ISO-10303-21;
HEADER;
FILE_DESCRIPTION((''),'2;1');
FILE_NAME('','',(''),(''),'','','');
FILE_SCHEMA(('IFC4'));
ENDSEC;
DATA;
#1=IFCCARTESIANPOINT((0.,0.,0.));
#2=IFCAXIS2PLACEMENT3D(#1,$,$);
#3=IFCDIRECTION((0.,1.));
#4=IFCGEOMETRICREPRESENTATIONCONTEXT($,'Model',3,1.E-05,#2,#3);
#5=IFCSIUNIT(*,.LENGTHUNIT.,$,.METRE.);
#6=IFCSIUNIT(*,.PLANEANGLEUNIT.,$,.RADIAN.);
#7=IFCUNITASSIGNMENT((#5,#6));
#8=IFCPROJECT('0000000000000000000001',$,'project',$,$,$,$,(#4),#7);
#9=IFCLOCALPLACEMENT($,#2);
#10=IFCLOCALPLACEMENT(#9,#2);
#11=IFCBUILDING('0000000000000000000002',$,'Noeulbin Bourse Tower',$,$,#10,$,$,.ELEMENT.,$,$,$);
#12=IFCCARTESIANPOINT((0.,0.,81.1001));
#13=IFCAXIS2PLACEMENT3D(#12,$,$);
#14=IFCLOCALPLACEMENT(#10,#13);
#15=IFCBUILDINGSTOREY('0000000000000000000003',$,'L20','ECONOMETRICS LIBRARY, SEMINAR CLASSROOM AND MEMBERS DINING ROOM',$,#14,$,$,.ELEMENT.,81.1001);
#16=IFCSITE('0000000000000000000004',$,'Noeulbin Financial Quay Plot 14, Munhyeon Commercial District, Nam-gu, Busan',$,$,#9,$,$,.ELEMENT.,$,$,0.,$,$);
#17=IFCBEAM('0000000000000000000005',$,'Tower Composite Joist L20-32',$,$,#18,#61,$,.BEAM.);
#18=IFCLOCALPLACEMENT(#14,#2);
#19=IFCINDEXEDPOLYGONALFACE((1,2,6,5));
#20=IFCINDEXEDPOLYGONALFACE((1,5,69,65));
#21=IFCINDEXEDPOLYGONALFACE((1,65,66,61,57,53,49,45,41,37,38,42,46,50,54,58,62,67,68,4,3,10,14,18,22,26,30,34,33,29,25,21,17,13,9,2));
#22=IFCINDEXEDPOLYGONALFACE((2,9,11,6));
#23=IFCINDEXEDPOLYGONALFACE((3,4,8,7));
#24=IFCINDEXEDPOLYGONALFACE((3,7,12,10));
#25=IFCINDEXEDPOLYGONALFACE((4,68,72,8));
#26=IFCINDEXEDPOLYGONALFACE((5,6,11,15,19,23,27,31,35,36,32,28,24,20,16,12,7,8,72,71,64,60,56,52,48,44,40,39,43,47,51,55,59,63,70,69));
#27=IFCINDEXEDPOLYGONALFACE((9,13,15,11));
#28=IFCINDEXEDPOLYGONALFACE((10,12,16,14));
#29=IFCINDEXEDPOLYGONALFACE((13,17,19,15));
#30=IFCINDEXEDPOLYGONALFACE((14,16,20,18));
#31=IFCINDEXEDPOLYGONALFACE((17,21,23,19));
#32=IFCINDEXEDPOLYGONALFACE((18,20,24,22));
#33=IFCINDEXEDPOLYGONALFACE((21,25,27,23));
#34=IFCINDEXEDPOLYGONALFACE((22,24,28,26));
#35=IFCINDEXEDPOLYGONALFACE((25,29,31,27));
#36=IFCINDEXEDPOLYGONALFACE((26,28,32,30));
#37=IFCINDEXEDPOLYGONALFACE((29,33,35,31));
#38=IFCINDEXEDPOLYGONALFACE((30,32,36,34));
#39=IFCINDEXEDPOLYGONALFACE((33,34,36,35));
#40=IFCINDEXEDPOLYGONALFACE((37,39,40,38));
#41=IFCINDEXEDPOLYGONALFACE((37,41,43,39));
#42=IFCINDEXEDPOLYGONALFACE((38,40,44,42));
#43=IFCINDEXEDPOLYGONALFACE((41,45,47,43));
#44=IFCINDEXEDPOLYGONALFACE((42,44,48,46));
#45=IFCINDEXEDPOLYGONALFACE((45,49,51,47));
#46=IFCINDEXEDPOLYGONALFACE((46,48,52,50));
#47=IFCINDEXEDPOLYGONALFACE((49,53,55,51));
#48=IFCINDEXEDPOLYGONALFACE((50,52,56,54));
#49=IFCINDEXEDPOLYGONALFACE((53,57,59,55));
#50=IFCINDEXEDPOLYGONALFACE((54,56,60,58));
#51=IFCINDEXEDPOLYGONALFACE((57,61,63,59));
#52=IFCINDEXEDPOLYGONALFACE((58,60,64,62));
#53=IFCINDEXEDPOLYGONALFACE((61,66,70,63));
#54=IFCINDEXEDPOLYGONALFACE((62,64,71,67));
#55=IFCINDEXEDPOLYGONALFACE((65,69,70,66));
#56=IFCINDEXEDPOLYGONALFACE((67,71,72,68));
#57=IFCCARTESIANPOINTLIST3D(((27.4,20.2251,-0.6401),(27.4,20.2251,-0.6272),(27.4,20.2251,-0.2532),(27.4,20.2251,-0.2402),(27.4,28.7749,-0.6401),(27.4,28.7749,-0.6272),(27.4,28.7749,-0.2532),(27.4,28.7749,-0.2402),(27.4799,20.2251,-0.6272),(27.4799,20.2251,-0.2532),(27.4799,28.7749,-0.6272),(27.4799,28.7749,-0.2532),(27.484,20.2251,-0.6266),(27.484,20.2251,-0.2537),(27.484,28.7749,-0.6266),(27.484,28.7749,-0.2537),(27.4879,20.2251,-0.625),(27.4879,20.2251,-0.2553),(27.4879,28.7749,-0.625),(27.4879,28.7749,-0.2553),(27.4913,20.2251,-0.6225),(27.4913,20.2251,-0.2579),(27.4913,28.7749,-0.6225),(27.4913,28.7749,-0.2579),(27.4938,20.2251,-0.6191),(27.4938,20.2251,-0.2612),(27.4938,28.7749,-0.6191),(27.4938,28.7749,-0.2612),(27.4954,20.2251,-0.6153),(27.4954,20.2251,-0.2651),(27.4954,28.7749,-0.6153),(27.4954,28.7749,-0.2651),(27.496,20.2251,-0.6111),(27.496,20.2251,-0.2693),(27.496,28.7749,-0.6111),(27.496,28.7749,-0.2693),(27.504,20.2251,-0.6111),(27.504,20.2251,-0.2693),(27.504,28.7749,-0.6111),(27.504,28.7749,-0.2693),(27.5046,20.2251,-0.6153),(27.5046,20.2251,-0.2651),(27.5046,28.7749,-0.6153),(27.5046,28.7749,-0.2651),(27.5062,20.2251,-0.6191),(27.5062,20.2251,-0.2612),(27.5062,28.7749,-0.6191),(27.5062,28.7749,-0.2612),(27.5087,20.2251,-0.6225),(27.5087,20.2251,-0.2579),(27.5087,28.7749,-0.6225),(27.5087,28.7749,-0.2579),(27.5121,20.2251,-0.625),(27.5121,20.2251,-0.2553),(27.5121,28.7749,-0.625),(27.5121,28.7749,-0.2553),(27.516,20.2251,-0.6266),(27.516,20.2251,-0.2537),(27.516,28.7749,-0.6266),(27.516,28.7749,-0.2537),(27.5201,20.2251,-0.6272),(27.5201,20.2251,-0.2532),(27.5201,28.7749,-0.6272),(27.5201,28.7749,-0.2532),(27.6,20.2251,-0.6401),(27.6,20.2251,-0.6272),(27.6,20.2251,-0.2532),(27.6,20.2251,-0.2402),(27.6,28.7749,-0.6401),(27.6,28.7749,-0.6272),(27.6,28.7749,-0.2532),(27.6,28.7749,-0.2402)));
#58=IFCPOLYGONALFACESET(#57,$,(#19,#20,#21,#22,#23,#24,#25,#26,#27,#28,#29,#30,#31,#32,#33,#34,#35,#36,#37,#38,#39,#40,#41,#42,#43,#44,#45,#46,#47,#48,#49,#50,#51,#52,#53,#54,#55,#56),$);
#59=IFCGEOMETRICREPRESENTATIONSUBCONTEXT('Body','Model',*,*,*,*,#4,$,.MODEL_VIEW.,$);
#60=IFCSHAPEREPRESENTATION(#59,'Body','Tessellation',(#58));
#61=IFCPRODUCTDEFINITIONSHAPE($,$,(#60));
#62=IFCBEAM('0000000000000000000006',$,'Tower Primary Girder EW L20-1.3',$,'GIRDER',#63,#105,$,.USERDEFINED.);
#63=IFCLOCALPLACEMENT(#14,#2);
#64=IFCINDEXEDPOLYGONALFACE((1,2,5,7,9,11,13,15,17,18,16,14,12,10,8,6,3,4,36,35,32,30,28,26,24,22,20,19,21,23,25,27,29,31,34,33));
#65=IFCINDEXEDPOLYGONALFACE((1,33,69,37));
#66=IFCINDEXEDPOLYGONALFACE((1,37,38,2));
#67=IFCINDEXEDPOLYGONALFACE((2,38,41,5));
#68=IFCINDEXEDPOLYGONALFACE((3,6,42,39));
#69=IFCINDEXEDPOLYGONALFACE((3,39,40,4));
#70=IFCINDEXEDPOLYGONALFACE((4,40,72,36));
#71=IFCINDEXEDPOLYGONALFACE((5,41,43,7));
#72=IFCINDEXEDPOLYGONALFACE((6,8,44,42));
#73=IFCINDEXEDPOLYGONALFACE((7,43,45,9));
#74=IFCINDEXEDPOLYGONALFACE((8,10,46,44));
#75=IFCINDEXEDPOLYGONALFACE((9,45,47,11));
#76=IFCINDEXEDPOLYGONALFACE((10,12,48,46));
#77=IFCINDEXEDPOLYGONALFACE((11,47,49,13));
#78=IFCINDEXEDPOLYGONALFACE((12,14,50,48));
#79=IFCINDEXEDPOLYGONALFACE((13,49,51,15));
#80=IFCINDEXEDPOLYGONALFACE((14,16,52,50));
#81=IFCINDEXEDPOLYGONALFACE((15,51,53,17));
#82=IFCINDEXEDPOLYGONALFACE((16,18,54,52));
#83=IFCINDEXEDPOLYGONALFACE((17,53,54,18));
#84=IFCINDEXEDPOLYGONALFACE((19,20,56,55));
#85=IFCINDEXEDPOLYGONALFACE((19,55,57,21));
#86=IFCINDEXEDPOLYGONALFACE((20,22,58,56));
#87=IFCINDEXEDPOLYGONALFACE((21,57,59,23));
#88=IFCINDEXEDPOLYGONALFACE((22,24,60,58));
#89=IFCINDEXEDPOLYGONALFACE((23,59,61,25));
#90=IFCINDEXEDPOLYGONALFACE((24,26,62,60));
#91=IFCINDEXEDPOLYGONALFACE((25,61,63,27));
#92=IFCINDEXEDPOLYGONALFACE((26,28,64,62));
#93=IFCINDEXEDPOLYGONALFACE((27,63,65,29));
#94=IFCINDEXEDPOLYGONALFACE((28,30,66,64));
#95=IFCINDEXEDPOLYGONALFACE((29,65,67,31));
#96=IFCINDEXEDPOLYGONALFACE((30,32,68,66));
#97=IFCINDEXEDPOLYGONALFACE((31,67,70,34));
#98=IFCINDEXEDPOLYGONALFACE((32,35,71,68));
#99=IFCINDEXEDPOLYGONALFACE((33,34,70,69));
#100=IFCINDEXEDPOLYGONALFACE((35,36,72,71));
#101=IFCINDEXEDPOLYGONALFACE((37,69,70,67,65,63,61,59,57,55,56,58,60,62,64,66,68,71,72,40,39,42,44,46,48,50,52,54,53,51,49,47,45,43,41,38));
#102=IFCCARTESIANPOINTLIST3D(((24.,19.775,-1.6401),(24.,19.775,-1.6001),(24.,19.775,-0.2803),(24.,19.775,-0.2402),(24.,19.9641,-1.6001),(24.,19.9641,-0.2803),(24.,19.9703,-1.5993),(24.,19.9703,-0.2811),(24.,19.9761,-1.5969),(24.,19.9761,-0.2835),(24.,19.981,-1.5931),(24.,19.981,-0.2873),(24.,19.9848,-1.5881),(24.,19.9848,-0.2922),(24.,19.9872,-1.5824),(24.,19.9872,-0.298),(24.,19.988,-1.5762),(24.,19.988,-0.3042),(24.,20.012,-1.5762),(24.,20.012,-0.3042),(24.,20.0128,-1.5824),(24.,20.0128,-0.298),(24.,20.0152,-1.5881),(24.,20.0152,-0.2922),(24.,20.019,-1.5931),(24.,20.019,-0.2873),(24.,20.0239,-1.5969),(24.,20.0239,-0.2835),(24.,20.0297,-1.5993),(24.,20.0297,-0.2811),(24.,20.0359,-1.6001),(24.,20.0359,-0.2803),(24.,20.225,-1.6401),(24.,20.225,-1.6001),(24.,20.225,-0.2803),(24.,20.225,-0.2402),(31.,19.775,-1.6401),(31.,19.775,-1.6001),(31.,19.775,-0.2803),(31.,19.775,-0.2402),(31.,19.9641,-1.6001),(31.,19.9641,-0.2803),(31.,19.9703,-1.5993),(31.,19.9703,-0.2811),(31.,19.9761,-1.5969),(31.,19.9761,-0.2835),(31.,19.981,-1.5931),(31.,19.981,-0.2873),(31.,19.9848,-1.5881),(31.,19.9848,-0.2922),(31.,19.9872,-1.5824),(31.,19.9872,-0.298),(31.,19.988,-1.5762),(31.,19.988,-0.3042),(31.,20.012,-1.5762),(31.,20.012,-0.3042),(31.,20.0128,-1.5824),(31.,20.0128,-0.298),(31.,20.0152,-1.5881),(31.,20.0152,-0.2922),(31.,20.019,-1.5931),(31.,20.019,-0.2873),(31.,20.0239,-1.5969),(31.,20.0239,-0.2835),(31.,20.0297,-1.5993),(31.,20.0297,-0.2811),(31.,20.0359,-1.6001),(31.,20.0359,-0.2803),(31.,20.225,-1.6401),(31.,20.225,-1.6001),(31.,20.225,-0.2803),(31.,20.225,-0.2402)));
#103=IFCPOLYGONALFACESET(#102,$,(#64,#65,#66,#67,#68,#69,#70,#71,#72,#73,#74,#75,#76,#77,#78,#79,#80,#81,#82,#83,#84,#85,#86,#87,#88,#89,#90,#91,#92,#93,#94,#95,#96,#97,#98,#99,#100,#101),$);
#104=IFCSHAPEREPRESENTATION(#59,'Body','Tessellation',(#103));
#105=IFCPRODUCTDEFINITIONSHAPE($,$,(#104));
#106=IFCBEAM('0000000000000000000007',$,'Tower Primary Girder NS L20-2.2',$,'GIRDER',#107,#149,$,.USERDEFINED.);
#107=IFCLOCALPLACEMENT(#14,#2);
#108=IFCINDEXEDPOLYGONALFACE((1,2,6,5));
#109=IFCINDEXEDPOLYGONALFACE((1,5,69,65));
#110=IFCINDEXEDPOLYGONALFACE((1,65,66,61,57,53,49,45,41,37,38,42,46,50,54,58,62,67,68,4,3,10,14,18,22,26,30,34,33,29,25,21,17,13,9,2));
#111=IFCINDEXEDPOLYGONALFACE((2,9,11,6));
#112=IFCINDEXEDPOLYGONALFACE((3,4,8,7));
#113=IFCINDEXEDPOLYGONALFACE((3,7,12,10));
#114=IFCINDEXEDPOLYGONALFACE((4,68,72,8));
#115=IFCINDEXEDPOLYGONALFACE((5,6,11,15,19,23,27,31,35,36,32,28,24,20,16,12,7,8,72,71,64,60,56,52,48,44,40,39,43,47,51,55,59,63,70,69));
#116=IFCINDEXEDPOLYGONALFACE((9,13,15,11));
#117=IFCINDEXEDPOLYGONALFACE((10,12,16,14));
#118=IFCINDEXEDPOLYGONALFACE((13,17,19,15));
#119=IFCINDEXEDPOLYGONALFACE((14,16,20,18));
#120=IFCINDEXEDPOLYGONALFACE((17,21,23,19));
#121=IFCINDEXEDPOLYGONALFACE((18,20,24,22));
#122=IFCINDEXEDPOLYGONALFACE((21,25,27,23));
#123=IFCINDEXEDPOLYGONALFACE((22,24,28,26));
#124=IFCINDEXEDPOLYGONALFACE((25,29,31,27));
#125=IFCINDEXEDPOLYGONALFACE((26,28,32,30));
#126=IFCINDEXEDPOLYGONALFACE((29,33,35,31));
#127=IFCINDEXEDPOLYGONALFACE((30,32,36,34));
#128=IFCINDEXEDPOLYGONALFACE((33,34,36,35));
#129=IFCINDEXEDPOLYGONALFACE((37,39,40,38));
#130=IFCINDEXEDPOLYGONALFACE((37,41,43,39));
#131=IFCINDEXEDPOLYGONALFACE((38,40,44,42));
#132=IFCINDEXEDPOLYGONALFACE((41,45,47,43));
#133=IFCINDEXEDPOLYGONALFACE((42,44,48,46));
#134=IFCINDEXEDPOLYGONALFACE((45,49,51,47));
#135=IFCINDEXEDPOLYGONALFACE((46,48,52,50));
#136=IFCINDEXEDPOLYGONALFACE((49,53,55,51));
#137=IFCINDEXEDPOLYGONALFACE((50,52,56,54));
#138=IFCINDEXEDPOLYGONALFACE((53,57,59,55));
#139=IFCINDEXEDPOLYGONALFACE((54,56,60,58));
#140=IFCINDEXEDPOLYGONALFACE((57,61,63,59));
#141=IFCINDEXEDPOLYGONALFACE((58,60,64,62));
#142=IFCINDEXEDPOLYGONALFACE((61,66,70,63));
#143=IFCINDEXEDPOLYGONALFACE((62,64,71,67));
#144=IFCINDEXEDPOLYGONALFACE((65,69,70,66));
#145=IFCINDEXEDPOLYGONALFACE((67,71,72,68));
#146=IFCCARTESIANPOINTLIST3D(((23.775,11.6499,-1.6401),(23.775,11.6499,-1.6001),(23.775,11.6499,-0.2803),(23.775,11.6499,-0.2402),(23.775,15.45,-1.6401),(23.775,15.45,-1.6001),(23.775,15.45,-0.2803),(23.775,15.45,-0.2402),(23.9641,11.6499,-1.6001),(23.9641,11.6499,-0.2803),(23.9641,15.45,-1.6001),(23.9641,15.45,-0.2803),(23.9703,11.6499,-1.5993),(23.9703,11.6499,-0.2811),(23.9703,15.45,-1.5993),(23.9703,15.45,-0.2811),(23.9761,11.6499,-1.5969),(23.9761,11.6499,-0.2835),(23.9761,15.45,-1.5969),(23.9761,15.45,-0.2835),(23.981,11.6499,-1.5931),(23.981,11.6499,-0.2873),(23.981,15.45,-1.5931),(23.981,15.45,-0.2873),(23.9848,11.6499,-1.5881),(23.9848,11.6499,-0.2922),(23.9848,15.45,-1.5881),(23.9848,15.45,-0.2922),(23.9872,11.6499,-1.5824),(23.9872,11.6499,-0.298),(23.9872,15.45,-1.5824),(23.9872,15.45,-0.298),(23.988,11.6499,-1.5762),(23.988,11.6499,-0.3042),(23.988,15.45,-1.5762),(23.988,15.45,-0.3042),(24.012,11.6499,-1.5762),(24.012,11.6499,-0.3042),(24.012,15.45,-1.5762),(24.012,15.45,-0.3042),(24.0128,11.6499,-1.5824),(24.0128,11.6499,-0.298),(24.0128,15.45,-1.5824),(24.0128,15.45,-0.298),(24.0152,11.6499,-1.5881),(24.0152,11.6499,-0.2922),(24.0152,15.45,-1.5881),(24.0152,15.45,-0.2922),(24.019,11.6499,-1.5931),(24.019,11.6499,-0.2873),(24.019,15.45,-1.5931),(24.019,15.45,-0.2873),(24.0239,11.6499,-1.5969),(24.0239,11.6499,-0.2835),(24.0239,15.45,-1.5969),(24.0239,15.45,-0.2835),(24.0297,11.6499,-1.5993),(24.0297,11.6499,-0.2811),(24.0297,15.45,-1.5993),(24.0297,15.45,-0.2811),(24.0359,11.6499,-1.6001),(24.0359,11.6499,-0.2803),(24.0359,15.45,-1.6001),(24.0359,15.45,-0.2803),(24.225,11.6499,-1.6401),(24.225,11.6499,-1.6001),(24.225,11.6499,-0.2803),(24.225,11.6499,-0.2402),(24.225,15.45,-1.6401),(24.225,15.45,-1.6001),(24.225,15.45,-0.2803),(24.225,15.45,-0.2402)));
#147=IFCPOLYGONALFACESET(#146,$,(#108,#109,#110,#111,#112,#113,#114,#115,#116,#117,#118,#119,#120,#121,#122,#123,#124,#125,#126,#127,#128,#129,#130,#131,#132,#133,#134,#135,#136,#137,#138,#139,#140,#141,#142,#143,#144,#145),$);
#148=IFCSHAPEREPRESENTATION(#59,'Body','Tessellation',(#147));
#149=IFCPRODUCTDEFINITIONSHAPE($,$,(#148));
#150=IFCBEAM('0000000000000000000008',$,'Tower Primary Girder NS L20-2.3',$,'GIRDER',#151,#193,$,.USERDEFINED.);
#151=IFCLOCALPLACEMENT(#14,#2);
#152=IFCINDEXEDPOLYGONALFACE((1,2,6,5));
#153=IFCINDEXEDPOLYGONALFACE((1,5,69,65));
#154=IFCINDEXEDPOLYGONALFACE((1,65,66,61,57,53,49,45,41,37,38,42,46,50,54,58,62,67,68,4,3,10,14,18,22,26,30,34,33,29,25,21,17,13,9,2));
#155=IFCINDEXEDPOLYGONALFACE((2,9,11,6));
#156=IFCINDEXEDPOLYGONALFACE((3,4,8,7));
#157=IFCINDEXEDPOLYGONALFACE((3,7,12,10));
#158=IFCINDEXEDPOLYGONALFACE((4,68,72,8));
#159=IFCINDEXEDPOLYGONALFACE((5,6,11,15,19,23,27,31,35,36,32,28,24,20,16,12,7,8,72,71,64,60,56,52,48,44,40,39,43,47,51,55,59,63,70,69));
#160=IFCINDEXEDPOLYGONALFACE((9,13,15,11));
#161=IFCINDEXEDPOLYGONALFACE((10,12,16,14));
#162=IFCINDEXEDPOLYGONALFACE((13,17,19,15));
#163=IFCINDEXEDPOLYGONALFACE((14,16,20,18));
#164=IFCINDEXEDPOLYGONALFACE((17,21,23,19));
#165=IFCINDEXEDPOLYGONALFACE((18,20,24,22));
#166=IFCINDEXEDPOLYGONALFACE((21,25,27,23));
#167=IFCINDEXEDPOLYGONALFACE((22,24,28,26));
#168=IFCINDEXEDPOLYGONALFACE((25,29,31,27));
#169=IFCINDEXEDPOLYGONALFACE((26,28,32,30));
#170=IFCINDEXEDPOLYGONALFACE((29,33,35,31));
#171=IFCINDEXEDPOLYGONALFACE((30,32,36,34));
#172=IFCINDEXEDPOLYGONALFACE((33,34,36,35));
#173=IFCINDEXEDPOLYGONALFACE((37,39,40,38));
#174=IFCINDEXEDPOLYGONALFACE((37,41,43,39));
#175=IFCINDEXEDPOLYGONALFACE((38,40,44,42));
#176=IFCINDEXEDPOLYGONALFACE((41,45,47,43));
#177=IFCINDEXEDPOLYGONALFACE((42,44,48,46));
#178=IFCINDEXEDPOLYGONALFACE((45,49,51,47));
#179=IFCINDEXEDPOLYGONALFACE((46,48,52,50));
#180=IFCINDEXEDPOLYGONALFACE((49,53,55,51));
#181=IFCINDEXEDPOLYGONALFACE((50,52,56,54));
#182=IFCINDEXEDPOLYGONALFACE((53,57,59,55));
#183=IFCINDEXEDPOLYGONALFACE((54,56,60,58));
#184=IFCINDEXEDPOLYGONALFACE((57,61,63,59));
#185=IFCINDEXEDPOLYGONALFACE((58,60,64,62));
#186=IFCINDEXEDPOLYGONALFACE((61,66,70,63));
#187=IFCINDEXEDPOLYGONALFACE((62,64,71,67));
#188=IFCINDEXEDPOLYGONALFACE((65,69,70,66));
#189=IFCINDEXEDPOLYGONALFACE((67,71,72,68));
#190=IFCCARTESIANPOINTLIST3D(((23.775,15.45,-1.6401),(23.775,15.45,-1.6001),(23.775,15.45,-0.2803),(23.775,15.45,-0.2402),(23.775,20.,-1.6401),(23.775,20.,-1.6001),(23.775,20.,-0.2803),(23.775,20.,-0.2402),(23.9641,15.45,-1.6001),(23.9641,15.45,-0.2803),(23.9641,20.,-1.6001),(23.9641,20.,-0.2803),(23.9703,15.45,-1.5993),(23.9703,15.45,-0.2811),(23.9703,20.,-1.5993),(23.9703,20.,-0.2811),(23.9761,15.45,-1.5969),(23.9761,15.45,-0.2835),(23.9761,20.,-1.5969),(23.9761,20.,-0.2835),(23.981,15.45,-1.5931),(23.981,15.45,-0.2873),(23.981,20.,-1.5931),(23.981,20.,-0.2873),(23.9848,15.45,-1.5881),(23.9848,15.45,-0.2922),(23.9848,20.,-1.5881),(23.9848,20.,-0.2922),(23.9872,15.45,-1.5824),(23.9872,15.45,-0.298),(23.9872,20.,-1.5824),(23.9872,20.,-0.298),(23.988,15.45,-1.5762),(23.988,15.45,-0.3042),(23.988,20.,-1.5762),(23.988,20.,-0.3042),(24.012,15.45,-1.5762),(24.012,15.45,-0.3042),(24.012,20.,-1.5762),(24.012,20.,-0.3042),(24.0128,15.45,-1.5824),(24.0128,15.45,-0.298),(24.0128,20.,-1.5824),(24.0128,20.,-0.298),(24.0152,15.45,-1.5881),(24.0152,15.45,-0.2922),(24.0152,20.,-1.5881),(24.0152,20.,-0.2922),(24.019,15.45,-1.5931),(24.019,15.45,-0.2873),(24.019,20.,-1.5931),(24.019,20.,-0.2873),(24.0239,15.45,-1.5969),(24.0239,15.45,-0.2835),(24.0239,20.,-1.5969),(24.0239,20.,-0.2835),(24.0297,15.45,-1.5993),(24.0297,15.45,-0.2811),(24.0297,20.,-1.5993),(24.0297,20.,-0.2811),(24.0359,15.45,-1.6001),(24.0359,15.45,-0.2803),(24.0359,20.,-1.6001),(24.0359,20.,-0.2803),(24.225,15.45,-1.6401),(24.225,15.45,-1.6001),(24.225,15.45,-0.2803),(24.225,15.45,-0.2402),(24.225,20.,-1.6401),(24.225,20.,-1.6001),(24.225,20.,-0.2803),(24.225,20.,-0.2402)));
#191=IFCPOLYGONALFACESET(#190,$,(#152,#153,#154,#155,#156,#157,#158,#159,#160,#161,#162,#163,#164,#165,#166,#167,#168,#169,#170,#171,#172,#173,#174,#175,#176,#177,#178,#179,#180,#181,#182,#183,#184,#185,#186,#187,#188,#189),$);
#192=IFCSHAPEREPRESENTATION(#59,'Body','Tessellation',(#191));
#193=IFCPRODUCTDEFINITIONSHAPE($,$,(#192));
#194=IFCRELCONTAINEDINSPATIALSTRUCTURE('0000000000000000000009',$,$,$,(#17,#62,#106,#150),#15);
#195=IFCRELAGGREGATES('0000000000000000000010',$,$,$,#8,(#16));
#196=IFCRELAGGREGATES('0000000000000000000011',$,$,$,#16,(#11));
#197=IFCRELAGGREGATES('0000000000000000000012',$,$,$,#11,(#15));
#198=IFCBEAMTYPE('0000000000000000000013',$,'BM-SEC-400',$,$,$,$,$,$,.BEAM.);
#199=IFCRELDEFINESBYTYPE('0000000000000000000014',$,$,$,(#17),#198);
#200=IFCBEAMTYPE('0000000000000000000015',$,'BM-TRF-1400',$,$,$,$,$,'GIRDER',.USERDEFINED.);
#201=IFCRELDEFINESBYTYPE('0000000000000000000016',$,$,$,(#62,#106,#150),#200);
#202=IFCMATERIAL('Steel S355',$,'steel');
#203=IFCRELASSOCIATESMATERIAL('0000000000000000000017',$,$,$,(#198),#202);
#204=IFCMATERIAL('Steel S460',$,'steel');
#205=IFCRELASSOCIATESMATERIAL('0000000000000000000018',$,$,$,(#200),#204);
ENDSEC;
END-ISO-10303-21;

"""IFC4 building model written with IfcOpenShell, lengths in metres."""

from ifc_helpers import new_model, si_unit, direction, frame, origin, origin_2d, place, context, subcontext, project, spatial, i_section, extrude, material, material_profile, profile_set, type_object, element, save


model = new_model("IFC4")

# Units and contexts
model_context = context("Model", 3, precision=1e-05, world=origin(), true_north=direction((0.0, 1.0)))
body_context = subcontext(model_context, "Body", "Model", "MODEL_VIEW")
ifc_project = project(units=[si_unit("LENGTHUNIT", "METRE"), si_unit("PLANEANGLEUNIT", "RADIAN")], contexts=[model_context])

# Site, building, storey
site_placement = place(None, origin())
site = spatial("IfcSite", under=ifc_project, at=site_placement, Name="Noeulbin Financial Quay Plot 14, Munhyeon Commercial District, Nam-gu, Busan", CompositionType="ELEMENT", RefElevation=0.0)
building_placement = place(site_placement, origin())
building = spatial("IfcBuilding", under=site, at=building_placement, Name="Noeulbin Bourse Tower", CompositionType="ELEMENT")
storey_placement = place(building_placement, frame((0.0, 0.0, 81.1001)))
storey = spatial("IfcBuildingStorey", under=building, at=storey_placement, Name="L20", Description="ECONOMETRICS LIBRARY, SEMINAR CLASSROOM AND MEMBERS DINING ROOM", CompositionType="ELEMENT", Elevation=81.1001)

# Shared definitions
ifc_material_1 = material(Name="Steel S460", Category="steel")

# Beams
ifc_material_2 = material(Name="Steel S355", Category="steel")
ifc_material_profile_1 = material_profile(ifc_material_2, i_section(OverallWidth=0.2, OverallDepth=0.3999, WebThickness=0.0081, FlangeThickness=0.0129, FilletRadius=0.0161, at=origin_2d()), Name="H-400x200x8x13", Category="LoadBearing")
ifc_profile_set_1 = profile_set([ifc_material_profile_1], Name="Steel S355")
beam_type_1 = type_object("IfcBeamType", Name="BM-SEC-400", PredefinedType="BEAM", material=ifc_profile_set_1)
beam_1_placement = place(storey_placement, frame((27.5, 20.2251, -0.4402), z_axis=(0.0, 1.0, 0.0), x_axis=(-1.0, 0.0, 0.0)))
element("IfcBeam", 1, at=beam_1_placement, inside=storey, type_object=beam_type_1, Name="Tower Composite Joist L20-32", PredefinedType="BEAM", context=body_context, shape_type="SweptSolid", body=[
    extrude(i_section(OverallWidth=0.2, OverallDepth=0.3999, WebThickness=0.0081, FlangeThickness=0.0129, FilletRadius=0.0161, at=origin_2d()), origin(), (0.0, 0.0, 1.0), 8.5498),
])
ifc_material_profile_2 = material_profile(ifc_material_1, i_section(OverallWidth=0.45, OverallDepth=1.3999, WebThickness=0.0239, FlangeThickness=0.04, FilletRadius=0.0239, at=origin_2d()), Name="PG-1400x450x24x40", Category="LoadBearing")
ifc_profile_set_2 = profile_set([ifc_material_profile_2], Name="Steel S460")
beam_type_2 = type_object("IfcBeamType", Name="BM-TRF-1400", ElementType="GIRDER", PredefinedType="USERDEFINED", material=ifc_profile_set_2)
beam_2_placement = place(storey_placement, frame((24.0, 20.0, -0.9402), z_axis=(1.0, 0.0, 0.0), x_axis=(0.0, 1.0, 0.0)))
element("IfcBeam", 2, at=beam_2_placement, inside=storey, type_object=beam_type_2, Name="Tower Primary Girder EW L20-1.3", ObjectType="GIRDER", PredefinedType="USERDEFINED", context=body_context, shape_type="SweptSolid", body=[
    extrude(i_section(OverallWidth=0.45, OverallDepth=1.3999, WebThickness=0.0239, FlangeThickness=0.04, FilletRadius=0.0239, at=origin_2d()), origin(), (0.0, 0.0, 1.0), 7.0),
])
beam_3_placement = place(storey_placement, frame((24.0, 11.6499, -0.9402), z_axis=(0.0, 1.0, 0.0), x_axis=(-1.0, 0.0, 0.0)))
element("IfcBeam", 3, at=beam_3_placement, inside=storey, type_object=beam_type_2, Name="Tower Primary Girder NS L20-2.2", ObjectType="GIRDER", PredefinedType="USERDEFINED", context=body_context, shape_type="SweptSolid", body=[
    extrude(i_section(OverallWidth=0.45, OverallDepth=1.3999, WebThickness=0.0239, FlangeThickness=0.04, FilletRadius=0.0239, at=origin_2d()), origin(), (0.0, 0.0, 1.0), 3.8),
])
beam_4_placement = place(storey_placement, frame((24.0, 15.45, -0.9402), z_axis=(0.0, 1.0, 0.0), x_axis=(-1.0, 0.0, 0.0)))
element("IfcBeam", 4, at=beam_4_placement, inside=storey, type_object=beam_type_2, Name="Tower Primary Girder NS L20-2.3", ObjectType="GIRDER", PredefinedType="USERDEFINED", context=body_context, shape_type="SweptSolid", body=[
    extrude(i_section(OverallWidth=0.45, OverallDepth=1.3999, WebThickness=0.0239, FlangeThickness=0.04, FilletRadius=0.0239, at=origin_2d()), origin(), (0.0, 0.0, 1.0), 4.55),
])

save(model, "model.ifc")
